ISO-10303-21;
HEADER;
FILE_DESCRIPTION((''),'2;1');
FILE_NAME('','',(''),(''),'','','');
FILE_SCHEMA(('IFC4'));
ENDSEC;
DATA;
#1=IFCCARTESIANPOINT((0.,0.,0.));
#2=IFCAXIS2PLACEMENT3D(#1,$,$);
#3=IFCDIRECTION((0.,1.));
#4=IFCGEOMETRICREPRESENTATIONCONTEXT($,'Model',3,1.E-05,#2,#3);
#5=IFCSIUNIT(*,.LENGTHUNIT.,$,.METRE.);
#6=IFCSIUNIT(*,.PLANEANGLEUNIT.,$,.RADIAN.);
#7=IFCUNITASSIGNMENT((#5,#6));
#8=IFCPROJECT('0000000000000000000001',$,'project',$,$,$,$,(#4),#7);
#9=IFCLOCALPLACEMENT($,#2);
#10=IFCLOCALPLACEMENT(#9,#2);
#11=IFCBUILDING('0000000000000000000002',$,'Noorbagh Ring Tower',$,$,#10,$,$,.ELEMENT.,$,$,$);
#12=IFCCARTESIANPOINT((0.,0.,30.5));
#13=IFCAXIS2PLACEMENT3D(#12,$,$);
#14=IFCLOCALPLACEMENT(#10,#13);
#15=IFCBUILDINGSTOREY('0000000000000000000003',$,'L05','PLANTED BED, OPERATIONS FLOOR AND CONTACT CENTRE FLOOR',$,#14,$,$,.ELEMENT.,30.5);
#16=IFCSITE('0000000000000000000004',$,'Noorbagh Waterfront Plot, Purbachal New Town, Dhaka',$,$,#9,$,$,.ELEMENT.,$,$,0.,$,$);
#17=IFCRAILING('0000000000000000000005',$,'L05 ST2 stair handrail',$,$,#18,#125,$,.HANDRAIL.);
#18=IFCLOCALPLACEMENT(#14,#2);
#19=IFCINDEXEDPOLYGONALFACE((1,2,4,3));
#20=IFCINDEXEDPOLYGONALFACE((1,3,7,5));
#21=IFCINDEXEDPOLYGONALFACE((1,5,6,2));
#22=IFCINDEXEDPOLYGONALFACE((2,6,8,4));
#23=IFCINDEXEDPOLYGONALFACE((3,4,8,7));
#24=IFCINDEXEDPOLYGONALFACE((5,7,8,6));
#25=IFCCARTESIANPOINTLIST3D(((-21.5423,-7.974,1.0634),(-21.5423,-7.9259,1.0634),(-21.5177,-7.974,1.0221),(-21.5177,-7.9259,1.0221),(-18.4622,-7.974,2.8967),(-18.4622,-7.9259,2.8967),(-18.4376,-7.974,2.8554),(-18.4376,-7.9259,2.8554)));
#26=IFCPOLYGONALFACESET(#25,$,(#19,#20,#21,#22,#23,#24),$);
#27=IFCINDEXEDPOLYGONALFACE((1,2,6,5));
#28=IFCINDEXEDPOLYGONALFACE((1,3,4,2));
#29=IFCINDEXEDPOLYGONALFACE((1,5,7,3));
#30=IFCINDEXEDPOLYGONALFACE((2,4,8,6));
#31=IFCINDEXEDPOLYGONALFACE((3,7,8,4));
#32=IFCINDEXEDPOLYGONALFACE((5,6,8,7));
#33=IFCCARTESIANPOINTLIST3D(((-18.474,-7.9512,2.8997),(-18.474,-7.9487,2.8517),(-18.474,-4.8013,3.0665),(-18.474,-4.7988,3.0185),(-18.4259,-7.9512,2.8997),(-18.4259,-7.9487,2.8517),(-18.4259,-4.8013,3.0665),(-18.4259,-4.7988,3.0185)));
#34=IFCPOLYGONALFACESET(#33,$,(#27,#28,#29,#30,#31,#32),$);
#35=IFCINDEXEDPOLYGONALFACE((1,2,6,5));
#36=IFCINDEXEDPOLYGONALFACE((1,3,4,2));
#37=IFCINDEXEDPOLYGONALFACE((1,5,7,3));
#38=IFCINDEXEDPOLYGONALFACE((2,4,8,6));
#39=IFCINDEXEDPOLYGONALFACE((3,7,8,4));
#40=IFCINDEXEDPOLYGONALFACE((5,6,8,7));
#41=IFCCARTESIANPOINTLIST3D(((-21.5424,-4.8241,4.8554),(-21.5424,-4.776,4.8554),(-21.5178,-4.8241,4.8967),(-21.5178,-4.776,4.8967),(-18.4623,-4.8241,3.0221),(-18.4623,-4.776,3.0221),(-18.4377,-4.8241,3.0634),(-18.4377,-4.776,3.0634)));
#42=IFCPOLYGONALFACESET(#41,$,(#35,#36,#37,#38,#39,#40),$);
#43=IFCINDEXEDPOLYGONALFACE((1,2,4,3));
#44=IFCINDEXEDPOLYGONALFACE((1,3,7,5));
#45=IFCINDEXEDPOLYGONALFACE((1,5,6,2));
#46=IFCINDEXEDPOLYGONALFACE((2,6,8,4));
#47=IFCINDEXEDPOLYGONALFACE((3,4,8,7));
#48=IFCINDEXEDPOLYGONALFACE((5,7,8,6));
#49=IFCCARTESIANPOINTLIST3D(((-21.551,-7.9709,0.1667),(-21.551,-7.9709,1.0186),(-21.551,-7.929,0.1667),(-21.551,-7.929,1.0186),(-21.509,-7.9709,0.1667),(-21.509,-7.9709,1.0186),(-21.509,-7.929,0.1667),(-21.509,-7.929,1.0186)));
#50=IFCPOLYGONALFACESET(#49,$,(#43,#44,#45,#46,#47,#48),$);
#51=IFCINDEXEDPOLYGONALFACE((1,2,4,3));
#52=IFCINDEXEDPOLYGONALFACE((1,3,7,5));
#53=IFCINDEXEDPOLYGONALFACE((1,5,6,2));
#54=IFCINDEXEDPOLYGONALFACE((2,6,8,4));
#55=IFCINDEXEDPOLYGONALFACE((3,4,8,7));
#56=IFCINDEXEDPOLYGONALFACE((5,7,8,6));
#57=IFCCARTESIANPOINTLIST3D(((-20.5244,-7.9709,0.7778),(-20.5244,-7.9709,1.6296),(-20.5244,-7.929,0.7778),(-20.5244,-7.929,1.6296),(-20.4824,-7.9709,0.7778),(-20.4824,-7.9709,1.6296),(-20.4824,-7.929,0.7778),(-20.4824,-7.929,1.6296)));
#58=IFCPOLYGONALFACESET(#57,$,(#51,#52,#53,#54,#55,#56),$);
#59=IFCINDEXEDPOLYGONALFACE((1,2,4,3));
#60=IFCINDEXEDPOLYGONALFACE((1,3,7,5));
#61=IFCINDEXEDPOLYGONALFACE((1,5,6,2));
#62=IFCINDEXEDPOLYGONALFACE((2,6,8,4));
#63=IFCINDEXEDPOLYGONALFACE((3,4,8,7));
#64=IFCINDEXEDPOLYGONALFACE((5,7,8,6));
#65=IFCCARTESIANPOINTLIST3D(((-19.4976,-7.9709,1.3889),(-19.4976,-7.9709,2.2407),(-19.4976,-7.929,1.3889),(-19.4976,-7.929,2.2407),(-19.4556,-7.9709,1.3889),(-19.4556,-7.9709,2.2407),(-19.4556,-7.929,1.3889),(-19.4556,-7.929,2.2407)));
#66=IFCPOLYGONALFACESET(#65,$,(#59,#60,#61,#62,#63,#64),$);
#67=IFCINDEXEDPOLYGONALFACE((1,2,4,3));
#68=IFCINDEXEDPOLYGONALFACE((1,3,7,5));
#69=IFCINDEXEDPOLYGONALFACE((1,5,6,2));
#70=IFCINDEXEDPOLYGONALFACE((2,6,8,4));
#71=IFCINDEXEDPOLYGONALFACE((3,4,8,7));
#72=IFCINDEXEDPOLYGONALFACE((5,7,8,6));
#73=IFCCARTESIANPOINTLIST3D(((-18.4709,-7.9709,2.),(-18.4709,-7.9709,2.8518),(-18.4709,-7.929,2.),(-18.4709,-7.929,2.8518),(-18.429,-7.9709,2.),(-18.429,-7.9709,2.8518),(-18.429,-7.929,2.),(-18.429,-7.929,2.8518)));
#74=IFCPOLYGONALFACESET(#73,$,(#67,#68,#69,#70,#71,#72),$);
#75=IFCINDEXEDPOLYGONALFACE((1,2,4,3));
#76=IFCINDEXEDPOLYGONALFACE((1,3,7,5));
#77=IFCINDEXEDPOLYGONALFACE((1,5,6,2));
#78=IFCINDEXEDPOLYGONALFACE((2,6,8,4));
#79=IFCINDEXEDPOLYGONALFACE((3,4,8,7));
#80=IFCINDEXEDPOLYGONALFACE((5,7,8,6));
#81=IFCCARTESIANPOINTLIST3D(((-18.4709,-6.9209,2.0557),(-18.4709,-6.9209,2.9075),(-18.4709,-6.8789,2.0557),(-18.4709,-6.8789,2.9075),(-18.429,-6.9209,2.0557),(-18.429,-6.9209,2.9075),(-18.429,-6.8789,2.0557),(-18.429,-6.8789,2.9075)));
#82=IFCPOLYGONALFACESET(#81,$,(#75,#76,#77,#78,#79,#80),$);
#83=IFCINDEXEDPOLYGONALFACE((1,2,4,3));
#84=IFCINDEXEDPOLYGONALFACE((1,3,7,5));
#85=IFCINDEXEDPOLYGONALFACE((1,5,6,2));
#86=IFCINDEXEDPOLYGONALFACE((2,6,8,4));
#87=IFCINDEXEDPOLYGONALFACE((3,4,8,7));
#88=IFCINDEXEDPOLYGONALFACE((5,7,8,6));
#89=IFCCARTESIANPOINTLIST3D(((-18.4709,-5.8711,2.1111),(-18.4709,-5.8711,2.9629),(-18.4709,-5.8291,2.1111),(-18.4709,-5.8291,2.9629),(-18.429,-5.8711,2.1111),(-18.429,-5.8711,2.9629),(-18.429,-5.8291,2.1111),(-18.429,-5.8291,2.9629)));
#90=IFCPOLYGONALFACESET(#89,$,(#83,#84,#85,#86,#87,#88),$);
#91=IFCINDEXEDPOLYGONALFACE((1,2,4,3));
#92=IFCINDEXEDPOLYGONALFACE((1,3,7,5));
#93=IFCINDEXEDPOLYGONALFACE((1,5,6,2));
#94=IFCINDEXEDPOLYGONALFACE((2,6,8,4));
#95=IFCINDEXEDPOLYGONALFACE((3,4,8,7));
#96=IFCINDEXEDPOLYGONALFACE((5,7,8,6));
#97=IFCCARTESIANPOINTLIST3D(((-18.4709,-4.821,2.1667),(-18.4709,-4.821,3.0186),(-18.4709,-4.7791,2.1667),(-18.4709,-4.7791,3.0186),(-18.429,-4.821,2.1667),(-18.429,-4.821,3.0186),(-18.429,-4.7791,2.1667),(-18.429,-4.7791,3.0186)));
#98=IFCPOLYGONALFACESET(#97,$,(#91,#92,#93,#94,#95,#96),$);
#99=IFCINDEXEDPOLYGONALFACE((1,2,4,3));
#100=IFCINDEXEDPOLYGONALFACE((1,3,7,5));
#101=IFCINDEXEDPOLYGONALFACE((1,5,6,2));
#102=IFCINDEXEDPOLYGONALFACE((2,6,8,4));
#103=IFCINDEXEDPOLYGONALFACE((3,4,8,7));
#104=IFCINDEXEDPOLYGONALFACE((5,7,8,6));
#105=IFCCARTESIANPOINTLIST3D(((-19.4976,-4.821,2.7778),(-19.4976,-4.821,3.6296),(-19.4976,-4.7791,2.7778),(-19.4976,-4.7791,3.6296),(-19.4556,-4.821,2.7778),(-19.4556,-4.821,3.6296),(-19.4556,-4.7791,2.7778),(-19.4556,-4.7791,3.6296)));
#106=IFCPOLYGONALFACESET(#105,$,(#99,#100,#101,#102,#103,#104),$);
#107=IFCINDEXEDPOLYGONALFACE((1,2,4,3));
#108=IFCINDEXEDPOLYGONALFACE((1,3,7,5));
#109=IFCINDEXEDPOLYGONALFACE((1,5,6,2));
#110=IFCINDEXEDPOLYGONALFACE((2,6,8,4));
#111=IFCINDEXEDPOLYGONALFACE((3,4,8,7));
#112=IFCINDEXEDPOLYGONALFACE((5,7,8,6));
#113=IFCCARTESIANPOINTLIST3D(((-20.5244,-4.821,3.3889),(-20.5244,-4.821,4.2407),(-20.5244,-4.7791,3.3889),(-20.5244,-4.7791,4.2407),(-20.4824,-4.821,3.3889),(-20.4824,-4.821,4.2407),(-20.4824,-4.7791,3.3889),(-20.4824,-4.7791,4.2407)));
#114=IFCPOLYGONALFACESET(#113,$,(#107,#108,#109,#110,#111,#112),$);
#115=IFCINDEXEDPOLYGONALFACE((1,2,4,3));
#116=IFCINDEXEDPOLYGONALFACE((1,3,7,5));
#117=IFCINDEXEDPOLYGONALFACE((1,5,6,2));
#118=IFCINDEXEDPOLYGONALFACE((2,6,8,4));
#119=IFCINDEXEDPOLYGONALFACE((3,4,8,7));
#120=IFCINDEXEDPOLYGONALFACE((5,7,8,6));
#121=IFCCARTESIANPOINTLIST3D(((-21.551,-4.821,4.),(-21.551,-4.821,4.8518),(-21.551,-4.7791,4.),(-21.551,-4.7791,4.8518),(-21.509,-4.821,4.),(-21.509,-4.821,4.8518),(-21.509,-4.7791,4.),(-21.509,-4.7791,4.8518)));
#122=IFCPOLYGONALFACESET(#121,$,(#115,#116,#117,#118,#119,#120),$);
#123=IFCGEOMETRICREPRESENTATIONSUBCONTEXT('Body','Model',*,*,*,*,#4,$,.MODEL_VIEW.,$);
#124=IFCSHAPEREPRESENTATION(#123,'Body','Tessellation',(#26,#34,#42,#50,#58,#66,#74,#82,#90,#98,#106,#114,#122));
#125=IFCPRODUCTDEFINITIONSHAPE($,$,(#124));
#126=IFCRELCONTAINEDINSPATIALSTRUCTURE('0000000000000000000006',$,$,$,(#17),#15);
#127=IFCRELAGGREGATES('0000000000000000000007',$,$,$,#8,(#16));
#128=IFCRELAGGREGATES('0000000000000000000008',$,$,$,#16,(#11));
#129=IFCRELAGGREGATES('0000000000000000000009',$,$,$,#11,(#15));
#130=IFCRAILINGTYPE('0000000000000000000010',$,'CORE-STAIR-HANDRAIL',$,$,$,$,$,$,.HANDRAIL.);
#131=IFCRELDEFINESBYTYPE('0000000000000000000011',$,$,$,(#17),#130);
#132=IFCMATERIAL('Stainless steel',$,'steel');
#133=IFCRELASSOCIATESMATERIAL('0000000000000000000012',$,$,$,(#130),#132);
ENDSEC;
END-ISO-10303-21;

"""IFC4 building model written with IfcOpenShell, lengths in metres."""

from ifc_helpers import new_model, si_unit, direction, frame, origin, origin_2d, place, context, subcontext, project, spatial, rectangle, extrude, material, type_object, element, save


model = new_model("IFC4")

# Units and contexts
model_context = context("Model", 3, precision=1e-05, world=origin(), true_north=direction((0.0, 1.0)))
body_context = subcontext(model_context, "Body", "Model", "MODEL_VIEW")
ifc_project = project(units=[si_unit("LENGTHUNIT", "METRE"), si_unit("PLANEANGLEUNIT", "RADIAN")], contexts=[model_context])

# Site, building, storey
site_placement = place(None, origin())
site = spatial("IfcSite", under=ifc_project, at=site_placement, Name="Noorbagh Waterfront Plot, Purbachal New Town, Dhaka", CompositionType="ELEMENT", RefElevation=0.0)
building_placement = place(site_placement, origin())
building = spatial("IfcBuilding", under=site, at=building_placement, Name="Noorbagh Ring Tower", CompositionType="ELEMENT")
storey_placement = place(building_placement, frame((0.0, 0.0, 30.5)))
storey = spatial("IfcBuildingStorey", under=building, at=storey_placement, Name="L05", Description="PLANTED BED, OPERATIONS FLOOR AND CONTACT CENTRE FLOOR", CompositionType="ELEMENT", Elevation=30.5)

# Railing
ifc_material_1 = material(Name="Stainless steel", Category="steel")
railing_type_1 = type_object("IfcRailingType", Name="CORE-STAIR-HANDRAIL", PredefinedType="HANDRAIL", material=ifc_material_1)
railing_1_placement = place(storey_placement, frame((-21.53, -7.95, 0.1667)))
element("IfcRailing", 1, at=railing_1_placement, inside=storey, type_object=railing_type_1, Name="L05 ST2 stair handrail", PredefinedType="HANDRAIL", context=body_context, shape_type="SweptSolid", body=[
    extrude(rectangle(XDim=0.0481, YDim=0.0481, at=origin_2d()), frame((0.0, 0.0, 0.876), z_axis=(0.859309, 0.0, 0.511458), x_axis=(0.0, 1.0, 0.0)), (0.0, 0.0, 1.0), 3.5845),
    extrude(rectangle(XDim=0.0481, YDim=0.0481, at=origin_2d()), frame((3.0801, 0.0, 2.709), z_axis=(0.0, 0.998602, 0.052864), x_axis=(-1.0, 0.0, 0.0)), (0.0, 0.0, 1.0), 3.1543),
    extrude(rectangle(XDim=0.0481, YDim=0.0481, at=origin_2d()), frame((3.0801, 3.1499, 2.876), z_axis=(-0.859309, 0.0, 0.511458), x_axis=(0.0, -1.0, 0.0)), (0.0, 0.0, 1.0), 3.5845),
    extrude(rectangle(XDim=0.042, YDim=0.042, at=origin_2d()), origin(), (0.0, 0.0, 1.0), 0.8518),
    extrude(rectangle(XDim=0.042, YDim=0.042, at=origin_2d()), frame((1.0266, 0.0, 0.6111)), (0.0, 0.0, 1.0), 0.8518),
    extrude(rectangle(XDim=0.042, YDim=0.042, at=origin_2d()), frame((2.0535, 0.0, 1.2222)), (0.0, 0.0, 1.0), 0.8518),
    extrude(rectangle(XDim=0.042, YDim=0.042, at=origin_2d()), frame((3.0801, 0.0, 1.8333)), (0.0, 0.0, 1.0), 0.8518),
    extrude(rectangle(XDim=0.042, YDim=0.042, at=origin_2d()), frame((3.0801, 1.05, 1.8889)), (0.0, 0.0, 1.0), 0.8518),
    extrude(rectangle(XDim=0.042, YDim=0.042, at=origin_2d()), frame((3.0801, 2.0999, 1.9443)), (0.0, 0.0, 1.0), 0.8518),
    extrude(rectangle(XDim=0.042, YDim=0.042, at=origin_2d()), frame((3.0801, 3.1499, 2.0)), (0.0, 0.0, 1.0), 0.8518),
    extrude(rectangle(XDim=0.042, YDim=0.042, at=origin_2d()), frame((2.0535, 3.1499, 2.6111)), (0.0, 0.0, 1.0), 0.8518),
    extrude(rectangle(XDim=0.042, YDim=0.042, at=origin_2d()), frame((1.0266, 3.1499, 3.2222)), (0.0, 0.0, 1.0), 0.8518),
    extrude(rectangle(XDim=0.042, YDim=0.042, at=origin_2d()), frame((0.0, 3.1499, 3.8333)), (0.0, 0.0, 1.0), 0.8518),
])

save(model, "model.ifc")
